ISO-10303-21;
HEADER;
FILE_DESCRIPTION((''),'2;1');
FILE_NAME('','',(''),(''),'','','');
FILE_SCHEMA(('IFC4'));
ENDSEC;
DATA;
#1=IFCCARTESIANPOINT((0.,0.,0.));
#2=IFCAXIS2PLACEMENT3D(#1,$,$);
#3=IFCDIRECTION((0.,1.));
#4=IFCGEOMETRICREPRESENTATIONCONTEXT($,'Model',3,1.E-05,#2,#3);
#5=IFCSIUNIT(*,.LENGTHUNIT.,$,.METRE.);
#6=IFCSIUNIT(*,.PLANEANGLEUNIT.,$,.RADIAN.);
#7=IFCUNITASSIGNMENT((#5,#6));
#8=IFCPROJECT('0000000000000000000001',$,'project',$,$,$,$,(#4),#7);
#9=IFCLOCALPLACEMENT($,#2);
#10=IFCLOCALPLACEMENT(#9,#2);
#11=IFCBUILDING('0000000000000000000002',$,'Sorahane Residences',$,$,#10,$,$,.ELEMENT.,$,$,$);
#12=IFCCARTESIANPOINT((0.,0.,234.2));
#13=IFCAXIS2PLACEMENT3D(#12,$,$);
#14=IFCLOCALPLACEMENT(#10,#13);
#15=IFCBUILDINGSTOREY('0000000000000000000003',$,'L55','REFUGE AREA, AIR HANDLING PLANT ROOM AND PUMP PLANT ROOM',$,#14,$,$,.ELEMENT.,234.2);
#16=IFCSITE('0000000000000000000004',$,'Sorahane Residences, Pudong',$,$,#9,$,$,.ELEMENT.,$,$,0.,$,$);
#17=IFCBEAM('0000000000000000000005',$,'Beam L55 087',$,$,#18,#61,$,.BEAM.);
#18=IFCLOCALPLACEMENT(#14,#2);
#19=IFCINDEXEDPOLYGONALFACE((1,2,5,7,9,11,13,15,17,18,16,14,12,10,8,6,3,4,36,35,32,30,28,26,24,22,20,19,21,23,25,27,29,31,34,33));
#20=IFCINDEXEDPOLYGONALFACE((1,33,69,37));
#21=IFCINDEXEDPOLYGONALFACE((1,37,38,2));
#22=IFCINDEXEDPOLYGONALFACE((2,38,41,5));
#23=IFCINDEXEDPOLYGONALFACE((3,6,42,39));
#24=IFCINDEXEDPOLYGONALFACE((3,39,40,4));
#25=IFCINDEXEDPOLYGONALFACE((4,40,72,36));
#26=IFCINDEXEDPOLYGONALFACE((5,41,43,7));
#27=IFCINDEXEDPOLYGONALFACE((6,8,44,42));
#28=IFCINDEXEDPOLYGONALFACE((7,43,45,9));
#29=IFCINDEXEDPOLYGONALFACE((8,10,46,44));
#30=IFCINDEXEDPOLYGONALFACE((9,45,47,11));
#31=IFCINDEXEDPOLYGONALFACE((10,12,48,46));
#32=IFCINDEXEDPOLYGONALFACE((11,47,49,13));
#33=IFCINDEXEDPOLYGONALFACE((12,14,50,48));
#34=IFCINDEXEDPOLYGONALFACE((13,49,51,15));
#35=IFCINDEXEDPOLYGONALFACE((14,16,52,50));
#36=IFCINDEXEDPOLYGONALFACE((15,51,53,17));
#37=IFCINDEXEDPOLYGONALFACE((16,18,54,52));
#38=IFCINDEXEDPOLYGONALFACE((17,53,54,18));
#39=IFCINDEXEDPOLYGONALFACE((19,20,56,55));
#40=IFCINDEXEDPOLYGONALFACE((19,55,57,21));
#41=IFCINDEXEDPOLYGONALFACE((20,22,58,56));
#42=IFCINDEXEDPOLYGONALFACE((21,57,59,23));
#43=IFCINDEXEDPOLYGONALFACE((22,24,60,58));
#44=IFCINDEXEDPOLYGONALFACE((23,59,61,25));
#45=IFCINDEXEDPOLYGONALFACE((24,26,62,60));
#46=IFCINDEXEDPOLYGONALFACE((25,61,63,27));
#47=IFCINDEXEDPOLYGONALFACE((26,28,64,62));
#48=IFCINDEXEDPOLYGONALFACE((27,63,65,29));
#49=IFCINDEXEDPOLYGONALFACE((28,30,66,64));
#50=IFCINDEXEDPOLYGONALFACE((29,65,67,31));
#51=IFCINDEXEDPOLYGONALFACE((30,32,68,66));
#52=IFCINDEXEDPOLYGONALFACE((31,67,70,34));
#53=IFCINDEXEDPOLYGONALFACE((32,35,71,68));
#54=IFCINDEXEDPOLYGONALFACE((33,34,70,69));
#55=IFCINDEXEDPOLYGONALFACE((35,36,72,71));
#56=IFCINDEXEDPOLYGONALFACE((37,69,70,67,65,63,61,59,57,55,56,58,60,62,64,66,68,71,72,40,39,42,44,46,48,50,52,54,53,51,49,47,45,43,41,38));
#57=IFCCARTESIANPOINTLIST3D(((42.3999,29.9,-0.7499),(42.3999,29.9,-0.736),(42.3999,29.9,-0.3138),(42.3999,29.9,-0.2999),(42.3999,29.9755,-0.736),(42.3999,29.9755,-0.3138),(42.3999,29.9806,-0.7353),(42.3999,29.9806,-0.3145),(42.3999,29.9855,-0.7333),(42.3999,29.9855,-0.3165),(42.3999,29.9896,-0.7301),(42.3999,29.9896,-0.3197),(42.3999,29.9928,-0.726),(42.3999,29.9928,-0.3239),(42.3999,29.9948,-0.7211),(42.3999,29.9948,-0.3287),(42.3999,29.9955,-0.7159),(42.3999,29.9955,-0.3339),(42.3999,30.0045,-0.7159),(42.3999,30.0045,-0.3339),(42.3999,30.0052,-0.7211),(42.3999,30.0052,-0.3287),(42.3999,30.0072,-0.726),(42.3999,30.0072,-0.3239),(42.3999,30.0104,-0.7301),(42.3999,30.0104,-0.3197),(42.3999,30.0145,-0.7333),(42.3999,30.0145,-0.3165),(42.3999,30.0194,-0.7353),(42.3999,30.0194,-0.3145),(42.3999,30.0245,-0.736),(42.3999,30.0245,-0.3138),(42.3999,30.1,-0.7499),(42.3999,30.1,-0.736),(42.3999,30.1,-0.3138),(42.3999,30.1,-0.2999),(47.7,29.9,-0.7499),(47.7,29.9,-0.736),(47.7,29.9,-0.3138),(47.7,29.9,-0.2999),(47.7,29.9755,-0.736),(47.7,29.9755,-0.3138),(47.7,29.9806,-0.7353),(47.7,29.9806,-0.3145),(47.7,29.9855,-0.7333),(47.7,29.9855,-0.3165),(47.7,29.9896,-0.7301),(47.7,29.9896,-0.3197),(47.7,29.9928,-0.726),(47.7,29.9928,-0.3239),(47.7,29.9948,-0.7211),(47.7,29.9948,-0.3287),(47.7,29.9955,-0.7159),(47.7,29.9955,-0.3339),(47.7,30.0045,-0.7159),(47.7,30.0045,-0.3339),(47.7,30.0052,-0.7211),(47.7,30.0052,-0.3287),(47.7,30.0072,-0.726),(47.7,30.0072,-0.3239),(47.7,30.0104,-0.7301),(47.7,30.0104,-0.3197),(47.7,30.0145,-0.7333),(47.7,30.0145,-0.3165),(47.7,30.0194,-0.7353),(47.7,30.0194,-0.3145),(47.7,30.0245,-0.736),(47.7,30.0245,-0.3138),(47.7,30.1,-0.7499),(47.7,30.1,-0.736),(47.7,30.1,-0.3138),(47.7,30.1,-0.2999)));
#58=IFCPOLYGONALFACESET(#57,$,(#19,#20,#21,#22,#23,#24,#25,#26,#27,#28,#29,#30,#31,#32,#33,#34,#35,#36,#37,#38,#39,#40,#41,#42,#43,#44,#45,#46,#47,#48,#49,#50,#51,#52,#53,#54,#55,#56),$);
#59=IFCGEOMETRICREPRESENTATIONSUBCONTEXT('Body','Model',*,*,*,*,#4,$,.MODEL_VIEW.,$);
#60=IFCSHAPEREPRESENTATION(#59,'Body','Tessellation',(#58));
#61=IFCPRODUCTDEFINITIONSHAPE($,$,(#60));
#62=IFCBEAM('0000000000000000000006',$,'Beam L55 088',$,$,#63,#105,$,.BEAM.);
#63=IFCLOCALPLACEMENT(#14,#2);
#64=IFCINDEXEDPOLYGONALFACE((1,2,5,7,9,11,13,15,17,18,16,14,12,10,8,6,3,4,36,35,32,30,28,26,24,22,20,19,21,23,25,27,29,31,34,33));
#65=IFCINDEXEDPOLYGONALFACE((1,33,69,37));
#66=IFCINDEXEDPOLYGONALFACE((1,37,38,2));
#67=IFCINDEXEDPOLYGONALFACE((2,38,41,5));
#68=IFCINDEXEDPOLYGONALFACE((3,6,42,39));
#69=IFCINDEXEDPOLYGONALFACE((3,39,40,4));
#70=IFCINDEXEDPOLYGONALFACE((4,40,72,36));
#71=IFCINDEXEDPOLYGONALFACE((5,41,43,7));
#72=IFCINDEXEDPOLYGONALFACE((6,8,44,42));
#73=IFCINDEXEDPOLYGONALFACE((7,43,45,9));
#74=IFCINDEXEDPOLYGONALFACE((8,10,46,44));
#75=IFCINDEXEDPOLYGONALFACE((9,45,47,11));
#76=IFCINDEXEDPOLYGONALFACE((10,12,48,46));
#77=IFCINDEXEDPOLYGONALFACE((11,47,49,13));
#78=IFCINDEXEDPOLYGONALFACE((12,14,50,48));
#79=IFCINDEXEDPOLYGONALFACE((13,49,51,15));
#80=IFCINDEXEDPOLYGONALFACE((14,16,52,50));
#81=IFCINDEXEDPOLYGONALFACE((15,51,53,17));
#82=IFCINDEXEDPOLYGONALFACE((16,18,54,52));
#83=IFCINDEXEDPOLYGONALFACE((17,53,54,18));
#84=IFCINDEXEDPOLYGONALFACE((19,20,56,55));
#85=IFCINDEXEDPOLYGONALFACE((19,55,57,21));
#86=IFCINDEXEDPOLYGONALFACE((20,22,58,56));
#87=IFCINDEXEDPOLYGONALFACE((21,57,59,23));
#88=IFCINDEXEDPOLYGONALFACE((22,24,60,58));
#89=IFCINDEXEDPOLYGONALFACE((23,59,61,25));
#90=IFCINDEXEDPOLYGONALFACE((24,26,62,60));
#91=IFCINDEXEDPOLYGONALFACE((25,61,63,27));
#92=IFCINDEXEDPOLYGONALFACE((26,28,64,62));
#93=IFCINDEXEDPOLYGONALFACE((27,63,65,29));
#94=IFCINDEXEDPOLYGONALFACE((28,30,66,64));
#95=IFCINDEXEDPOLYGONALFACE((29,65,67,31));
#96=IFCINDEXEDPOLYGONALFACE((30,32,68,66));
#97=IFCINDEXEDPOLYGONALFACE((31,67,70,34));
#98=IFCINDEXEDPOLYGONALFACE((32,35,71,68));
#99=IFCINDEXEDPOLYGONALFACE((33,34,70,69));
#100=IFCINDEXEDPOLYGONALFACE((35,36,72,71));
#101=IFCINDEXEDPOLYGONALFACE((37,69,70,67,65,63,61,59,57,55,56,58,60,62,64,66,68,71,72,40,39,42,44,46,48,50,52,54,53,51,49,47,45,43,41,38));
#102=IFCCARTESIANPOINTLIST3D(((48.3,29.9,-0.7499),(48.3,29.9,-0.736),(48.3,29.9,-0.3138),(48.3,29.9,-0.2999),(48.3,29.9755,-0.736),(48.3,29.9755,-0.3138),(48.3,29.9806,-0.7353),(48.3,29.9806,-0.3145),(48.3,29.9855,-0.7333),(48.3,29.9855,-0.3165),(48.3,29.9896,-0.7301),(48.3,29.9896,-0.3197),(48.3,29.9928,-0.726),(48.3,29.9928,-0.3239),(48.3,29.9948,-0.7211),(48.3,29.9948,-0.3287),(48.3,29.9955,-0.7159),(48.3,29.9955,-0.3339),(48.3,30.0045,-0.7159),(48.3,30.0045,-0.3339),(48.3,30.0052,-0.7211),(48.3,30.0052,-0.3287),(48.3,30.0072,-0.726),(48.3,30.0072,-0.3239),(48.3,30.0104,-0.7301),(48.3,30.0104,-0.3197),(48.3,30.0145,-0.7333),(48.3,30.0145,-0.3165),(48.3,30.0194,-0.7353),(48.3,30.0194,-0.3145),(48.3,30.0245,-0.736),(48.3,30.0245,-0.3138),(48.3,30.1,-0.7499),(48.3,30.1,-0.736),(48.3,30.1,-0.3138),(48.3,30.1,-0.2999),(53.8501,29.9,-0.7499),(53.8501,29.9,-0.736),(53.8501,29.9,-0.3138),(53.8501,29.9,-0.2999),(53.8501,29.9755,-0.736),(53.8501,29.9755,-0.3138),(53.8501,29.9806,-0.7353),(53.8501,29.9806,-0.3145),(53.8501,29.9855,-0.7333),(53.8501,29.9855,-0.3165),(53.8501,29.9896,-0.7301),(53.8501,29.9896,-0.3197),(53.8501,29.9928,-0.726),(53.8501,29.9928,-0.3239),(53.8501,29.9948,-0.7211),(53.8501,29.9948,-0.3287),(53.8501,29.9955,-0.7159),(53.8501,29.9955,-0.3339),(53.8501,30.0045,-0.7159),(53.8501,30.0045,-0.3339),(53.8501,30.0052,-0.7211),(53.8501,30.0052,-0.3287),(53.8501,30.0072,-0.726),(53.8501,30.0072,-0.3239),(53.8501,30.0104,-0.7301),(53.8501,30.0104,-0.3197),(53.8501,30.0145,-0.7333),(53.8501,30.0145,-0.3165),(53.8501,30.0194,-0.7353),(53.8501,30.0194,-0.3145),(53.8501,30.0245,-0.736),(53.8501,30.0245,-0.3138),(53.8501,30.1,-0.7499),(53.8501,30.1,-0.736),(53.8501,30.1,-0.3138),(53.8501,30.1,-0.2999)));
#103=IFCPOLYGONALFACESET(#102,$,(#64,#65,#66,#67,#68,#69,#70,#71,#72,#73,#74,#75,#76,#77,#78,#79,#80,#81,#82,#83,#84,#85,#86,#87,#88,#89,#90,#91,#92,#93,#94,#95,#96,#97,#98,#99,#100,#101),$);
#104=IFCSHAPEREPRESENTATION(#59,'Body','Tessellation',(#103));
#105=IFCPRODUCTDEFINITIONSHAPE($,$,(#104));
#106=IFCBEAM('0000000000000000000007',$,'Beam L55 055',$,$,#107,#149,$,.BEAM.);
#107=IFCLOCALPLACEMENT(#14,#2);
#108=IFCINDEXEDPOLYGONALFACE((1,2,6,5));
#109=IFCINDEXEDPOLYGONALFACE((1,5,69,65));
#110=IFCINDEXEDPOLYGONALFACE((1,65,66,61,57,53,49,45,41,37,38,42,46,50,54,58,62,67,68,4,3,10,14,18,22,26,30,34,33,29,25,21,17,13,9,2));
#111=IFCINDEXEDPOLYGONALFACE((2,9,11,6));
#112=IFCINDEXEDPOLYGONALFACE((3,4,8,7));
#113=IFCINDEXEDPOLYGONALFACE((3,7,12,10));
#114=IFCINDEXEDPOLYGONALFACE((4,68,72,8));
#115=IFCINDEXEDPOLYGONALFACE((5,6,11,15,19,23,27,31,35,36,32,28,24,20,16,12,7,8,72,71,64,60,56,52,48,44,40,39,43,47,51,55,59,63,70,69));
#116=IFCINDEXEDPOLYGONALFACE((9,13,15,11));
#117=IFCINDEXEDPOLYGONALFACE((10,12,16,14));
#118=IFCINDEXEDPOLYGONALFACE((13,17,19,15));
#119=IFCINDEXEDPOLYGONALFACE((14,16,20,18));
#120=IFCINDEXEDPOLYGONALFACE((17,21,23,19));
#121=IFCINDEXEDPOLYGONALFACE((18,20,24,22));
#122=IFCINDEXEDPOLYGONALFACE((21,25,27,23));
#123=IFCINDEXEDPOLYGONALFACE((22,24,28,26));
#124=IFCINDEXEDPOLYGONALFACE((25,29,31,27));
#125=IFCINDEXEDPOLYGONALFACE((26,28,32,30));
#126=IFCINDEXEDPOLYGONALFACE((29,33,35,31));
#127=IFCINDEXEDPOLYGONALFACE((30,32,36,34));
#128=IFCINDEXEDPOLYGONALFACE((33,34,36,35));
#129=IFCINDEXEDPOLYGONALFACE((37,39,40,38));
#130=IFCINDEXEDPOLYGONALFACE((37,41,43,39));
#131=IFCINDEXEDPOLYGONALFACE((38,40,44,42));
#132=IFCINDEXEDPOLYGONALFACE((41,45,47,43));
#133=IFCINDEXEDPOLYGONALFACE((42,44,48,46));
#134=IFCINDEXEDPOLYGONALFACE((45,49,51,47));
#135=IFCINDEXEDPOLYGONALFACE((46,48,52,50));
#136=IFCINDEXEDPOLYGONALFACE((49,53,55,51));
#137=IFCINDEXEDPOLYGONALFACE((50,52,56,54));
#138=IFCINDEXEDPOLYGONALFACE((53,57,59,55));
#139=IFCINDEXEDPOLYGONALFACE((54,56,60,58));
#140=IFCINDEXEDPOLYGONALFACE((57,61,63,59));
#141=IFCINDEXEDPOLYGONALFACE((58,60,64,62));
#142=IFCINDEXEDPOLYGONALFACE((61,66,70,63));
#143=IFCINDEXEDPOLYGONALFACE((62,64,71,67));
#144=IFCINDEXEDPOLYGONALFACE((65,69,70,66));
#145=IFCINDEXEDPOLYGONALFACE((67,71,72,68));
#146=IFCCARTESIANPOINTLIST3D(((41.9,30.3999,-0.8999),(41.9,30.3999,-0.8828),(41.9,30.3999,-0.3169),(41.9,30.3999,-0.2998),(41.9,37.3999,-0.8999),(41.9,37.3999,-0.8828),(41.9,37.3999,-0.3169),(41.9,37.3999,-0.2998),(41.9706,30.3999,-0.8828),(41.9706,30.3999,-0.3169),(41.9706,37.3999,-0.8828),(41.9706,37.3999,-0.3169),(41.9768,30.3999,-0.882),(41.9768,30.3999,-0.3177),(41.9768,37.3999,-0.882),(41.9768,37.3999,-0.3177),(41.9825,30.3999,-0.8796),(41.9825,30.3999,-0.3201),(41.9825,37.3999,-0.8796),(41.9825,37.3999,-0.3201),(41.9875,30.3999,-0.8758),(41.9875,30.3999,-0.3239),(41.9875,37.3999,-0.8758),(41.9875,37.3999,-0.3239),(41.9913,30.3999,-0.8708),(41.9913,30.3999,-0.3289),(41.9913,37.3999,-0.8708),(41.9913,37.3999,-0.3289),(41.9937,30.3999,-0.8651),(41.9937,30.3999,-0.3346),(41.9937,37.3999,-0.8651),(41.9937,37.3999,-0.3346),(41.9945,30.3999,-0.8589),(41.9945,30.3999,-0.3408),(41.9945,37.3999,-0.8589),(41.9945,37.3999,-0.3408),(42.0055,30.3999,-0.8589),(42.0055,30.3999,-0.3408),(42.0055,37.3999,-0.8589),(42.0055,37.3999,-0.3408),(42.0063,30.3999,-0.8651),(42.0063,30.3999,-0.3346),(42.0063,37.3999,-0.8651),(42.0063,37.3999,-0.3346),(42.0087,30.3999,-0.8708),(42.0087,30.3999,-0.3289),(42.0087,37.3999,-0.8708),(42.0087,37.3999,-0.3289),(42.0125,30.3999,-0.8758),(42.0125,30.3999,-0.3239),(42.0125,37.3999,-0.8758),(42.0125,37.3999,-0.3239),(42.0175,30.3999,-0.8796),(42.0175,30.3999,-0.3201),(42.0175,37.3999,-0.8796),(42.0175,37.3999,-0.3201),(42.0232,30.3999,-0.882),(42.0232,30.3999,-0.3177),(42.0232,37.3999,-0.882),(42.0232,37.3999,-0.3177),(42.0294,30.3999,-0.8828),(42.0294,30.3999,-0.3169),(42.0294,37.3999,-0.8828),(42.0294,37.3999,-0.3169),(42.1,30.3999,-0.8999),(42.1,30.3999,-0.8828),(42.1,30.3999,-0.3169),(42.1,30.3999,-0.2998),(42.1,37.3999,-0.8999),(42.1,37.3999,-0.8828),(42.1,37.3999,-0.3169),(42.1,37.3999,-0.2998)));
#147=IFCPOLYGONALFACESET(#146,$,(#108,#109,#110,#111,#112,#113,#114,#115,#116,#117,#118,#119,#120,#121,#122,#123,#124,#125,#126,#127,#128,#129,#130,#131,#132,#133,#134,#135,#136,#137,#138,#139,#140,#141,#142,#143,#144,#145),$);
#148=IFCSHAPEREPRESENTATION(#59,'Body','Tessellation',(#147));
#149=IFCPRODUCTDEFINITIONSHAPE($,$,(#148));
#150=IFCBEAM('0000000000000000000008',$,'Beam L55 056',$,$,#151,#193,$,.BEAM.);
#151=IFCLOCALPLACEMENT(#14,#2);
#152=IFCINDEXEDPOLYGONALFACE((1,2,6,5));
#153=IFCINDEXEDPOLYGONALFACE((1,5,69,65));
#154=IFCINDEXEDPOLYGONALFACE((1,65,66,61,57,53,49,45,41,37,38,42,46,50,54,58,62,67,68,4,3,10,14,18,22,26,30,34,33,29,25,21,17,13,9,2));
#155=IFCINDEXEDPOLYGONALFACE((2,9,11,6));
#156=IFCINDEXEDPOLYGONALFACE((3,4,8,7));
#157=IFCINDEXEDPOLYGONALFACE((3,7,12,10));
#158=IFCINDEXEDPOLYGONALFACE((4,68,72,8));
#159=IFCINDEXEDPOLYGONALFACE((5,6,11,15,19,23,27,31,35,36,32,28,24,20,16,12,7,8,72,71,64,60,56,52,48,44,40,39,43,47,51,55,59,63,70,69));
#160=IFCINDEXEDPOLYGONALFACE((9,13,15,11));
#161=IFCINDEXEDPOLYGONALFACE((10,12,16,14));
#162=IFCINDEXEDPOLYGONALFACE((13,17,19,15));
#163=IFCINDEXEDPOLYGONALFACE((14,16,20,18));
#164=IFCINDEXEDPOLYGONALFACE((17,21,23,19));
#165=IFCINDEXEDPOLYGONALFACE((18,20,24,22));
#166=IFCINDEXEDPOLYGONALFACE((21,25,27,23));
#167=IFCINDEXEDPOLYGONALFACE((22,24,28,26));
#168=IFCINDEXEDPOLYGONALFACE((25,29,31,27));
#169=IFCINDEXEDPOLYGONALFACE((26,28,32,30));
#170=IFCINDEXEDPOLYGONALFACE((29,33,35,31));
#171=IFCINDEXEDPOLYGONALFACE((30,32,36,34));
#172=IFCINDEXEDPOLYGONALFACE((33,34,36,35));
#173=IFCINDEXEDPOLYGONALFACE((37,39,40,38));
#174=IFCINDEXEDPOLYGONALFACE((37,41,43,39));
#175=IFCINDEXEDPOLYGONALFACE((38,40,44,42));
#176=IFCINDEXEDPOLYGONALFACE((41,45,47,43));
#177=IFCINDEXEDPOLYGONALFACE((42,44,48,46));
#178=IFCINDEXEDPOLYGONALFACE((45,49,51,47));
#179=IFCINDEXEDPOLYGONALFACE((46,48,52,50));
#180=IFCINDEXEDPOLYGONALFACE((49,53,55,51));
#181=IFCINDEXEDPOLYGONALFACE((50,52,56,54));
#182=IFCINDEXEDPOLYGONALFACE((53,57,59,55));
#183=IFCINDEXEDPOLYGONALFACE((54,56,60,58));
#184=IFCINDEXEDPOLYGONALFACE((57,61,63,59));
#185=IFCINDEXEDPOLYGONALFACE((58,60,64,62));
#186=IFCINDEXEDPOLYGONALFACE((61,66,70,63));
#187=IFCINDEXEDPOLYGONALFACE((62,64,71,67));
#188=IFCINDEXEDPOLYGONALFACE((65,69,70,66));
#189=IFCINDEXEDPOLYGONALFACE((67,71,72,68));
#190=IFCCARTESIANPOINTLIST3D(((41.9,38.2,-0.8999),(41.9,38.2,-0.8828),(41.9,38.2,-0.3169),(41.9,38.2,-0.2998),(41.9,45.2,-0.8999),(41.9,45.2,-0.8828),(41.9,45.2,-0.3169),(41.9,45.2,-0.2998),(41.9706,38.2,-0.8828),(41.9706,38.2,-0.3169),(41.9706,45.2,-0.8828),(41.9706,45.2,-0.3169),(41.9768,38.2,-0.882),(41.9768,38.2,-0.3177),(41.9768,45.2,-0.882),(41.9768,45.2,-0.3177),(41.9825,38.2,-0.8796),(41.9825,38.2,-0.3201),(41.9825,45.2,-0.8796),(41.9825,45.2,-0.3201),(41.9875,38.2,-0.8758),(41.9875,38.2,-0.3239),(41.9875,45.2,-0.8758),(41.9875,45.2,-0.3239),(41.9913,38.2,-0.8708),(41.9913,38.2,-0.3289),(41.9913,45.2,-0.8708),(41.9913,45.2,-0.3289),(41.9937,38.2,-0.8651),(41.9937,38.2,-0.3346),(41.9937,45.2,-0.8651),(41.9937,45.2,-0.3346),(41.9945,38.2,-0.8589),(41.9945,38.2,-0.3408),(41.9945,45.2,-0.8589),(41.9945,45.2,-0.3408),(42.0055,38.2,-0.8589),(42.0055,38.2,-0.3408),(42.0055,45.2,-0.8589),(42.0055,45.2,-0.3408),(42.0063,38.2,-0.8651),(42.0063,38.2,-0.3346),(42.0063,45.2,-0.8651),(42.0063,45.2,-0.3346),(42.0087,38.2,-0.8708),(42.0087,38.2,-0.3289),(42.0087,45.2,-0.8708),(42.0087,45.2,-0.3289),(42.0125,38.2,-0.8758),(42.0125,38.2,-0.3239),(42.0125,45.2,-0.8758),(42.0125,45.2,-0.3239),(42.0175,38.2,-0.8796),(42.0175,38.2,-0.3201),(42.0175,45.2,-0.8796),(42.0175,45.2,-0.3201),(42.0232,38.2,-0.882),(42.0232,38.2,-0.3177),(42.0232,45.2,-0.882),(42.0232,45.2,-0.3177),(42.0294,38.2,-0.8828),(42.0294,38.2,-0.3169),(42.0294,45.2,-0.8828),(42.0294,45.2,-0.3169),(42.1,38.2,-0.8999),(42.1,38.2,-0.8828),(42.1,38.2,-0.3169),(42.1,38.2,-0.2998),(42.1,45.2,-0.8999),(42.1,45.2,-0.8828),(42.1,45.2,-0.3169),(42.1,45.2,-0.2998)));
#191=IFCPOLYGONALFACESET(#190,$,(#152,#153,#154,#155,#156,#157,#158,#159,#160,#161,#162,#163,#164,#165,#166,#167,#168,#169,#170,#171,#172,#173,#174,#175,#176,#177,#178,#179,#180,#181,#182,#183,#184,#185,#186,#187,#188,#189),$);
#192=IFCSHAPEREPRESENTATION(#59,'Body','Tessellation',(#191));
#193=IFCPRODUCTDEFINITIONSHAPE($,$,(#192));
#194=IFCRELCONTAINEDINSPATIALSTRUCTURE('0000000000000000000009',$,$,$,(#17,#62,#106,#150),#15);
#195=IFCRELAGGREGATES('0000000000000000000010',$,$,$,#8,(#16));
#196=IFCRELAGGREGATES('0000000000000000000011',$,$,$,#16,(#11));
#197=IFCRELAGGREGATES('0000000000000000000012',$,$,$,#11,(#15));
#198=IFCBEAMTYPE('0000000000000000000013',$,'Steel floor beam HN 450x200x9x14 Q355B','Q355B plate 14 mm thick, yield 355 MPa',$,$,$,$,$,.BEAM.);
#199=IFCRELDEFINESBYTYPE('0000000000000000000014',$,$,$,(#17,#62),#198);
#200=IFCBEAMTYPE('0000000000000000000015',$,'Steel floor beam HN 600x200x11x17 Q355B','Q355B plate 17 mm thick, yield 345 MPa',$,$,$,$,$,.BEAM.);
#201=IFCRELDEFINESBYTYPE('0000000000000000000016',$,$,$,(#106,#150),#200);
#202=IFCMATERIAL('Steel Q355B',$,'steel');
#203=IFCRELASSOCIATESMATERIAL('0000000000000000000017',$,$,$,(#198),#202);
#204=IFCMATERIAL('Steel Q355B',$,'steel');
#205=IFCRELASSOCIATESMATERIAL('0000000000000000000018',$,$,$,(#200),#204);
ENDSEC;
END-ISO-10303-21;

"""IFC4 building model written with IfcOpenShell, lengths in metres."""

from ifc_helpers import new_model, si_unit, direction, frame, origin, origin_2d, place, context, subcontext, project, spatial, i_section, extrude, material, material_profile, profile_set, type_object, element, save


model = new_model("IFC4")

# Units and contexts
model_context = context("Model", 3, precision=1e-05, world=origin(), true_north=direction((0.0, 1.0)))
body_context = subcontext(model_context, "Body", "Model", "MODEL_VIEW")
ifc_project = project(units=[si_unit("LENGTHUNIT", "METRE"), si_unit("PLANEANGLEUNIT", "RADIAN")], contexts=[model_context])

# Site, building, storey
site_placement = place(None, origin())
site = spatial("IfcSite", under=ifc_project, at=site_placement, Name="Sorahane Residences, Pudong", CompositionType="ELEMENT", RefElevation=0.0)
building_placement = place(site_placement, origin())
building = spatial("IfcBuilding", under=site, at=building_placement, Name="Sorahane Residences", CompositionType="ELEMENT")
storey_placement = place(building_placement, frame((0.0, 0.0, 234.2)))
storey = spatial("IfcBuildingStorey", under=building, at=storey_placement, Name="L55", Description="REFUGE AREA, AIR HANDLING PLANT ROOM AND PUMP PLANT ROOM", CompositionType="ELEMENT", Elevation=234.2)

# Beams
ifc_material_1 = material(Name="Steel Q355B", Category="steel")
ifc_material_profile_1 = material_profile(ifc_material_1, i_section(OverallWidth=0.2, OverallDepth=0.45, WebThickness=0.009, FlangeThickness=0.0139, FilletRadius=0.02, at=origin_2d()), Name="HN 450x200x9x14")
ifc_profile_set_1 = profile_set([ifc_material_profile_1], Name="Steel Q355B")
beam_type_1 = type_object("IfcBeamType", Name="Steel floor beam HN 450x200x9x14 Q355B", Description="Q355B plate 14 mm thick, yield 355 MPa", PredefinedType="BEAM", material=ifc_profile_set_1)
beam_1_placement = place(storey_placement, frame((42.3999, 30.0, -0.5249), z_axis=(1.0, 0.0, 0.0), x_axis=(0.0, 1.0, 0.0)))
element("IfcBeam", 1, at=beam_1_placement, inside=storey, type_object=beam_type_1, Name="Beam L55 087", PredefinedType="BEAM", context=body_context, shape_type="SweptSolid", body=[
    extrude(i_section(OverallWidth=0.2, OverallDepth=0.45, WebThickness=0.009, FlangeThickness=0.0139, FilletRadius=0.02, at=origin_2d()), origin(), (0.0, 0.0, 1.0), 5.3),
])
beam_2_placement = place(storey_placement, frame((48.3, 30.0, -0.5249), z_axis=(1.0, 0.0, 0.0), x_axis=(0.0, 1.0, 0.0)))
element("IfcBeam", 2, at=beam_2_placement, inside=storey, type_object=beam_type_1, Name="Beam L55 088", PredefinedType="BEAM", context=body_context, shape_type="SweptSolid", body=[
    extrude(i_section(OverallWidth=0.2, OverallDepth=0.45, WebThickness=0.009, FlangeThickness=0.0139, FilletRadius=0.02, at=origin_2d()), origin(), (0.0, 0.0, 1.0), 5.55),
])
ifc_material_2 = material(Name="Steel Q355B", Category="steel")
ifc_material_profile_2 = material_profile(ifc_material_2, i_section(OverallWidth=0.2, OverallDepth=0.6001, WebThickness=0.011, FlangeThickness=0.0171, FilletRadius=0.0239, at=origin_2d()), Name="HN 600x200x11x17")
ifc_profile_set_2 = profile_set([ifc_material_profile_2], Name="Steel Q355B")
beam_type_2 = type_object("IfcBeamType", Name="Steel floor beam HN 600x200x11x17 Q355B", Description="Q355B plate 17 mm thick, yield 345 MPa", PredefinedType="BEAM", material=ifc_profile_set_2)
for number, where, z_axis, x_axis, name in (
    (3, (42.0, 30.3999, -0.5999), (0.0, 1.0, 0.0), (-1.0, 0.0, 0.0), "Beam L55 055"),
    (4, (42.0, 38.2, -0.5999), (0.0, 1.0, 0.0), (-1.0, 0.0, 0.0), "Beam L55 056"),
):
    element("IfcBeam", number, at=place(storey_placement, frame(where, z_axis=z_axis, x_axis=x_axis)), inside=storey, type_object=beam_type_2, Name=name, PredefinedType="BEAM", context=body_context, shape_type="SweptSolid", body=[
        extrude(i_section(OverallWidth=0.2, OverallDepth=0.6001, WebThickness=0.011, FlangeThickness=0.0171, FilletRadius=0.0239, at=origin_2d()), origin(), (0.0, 0.0, 1.0), 7.0),
    ])

save(model, "model.ifc")
